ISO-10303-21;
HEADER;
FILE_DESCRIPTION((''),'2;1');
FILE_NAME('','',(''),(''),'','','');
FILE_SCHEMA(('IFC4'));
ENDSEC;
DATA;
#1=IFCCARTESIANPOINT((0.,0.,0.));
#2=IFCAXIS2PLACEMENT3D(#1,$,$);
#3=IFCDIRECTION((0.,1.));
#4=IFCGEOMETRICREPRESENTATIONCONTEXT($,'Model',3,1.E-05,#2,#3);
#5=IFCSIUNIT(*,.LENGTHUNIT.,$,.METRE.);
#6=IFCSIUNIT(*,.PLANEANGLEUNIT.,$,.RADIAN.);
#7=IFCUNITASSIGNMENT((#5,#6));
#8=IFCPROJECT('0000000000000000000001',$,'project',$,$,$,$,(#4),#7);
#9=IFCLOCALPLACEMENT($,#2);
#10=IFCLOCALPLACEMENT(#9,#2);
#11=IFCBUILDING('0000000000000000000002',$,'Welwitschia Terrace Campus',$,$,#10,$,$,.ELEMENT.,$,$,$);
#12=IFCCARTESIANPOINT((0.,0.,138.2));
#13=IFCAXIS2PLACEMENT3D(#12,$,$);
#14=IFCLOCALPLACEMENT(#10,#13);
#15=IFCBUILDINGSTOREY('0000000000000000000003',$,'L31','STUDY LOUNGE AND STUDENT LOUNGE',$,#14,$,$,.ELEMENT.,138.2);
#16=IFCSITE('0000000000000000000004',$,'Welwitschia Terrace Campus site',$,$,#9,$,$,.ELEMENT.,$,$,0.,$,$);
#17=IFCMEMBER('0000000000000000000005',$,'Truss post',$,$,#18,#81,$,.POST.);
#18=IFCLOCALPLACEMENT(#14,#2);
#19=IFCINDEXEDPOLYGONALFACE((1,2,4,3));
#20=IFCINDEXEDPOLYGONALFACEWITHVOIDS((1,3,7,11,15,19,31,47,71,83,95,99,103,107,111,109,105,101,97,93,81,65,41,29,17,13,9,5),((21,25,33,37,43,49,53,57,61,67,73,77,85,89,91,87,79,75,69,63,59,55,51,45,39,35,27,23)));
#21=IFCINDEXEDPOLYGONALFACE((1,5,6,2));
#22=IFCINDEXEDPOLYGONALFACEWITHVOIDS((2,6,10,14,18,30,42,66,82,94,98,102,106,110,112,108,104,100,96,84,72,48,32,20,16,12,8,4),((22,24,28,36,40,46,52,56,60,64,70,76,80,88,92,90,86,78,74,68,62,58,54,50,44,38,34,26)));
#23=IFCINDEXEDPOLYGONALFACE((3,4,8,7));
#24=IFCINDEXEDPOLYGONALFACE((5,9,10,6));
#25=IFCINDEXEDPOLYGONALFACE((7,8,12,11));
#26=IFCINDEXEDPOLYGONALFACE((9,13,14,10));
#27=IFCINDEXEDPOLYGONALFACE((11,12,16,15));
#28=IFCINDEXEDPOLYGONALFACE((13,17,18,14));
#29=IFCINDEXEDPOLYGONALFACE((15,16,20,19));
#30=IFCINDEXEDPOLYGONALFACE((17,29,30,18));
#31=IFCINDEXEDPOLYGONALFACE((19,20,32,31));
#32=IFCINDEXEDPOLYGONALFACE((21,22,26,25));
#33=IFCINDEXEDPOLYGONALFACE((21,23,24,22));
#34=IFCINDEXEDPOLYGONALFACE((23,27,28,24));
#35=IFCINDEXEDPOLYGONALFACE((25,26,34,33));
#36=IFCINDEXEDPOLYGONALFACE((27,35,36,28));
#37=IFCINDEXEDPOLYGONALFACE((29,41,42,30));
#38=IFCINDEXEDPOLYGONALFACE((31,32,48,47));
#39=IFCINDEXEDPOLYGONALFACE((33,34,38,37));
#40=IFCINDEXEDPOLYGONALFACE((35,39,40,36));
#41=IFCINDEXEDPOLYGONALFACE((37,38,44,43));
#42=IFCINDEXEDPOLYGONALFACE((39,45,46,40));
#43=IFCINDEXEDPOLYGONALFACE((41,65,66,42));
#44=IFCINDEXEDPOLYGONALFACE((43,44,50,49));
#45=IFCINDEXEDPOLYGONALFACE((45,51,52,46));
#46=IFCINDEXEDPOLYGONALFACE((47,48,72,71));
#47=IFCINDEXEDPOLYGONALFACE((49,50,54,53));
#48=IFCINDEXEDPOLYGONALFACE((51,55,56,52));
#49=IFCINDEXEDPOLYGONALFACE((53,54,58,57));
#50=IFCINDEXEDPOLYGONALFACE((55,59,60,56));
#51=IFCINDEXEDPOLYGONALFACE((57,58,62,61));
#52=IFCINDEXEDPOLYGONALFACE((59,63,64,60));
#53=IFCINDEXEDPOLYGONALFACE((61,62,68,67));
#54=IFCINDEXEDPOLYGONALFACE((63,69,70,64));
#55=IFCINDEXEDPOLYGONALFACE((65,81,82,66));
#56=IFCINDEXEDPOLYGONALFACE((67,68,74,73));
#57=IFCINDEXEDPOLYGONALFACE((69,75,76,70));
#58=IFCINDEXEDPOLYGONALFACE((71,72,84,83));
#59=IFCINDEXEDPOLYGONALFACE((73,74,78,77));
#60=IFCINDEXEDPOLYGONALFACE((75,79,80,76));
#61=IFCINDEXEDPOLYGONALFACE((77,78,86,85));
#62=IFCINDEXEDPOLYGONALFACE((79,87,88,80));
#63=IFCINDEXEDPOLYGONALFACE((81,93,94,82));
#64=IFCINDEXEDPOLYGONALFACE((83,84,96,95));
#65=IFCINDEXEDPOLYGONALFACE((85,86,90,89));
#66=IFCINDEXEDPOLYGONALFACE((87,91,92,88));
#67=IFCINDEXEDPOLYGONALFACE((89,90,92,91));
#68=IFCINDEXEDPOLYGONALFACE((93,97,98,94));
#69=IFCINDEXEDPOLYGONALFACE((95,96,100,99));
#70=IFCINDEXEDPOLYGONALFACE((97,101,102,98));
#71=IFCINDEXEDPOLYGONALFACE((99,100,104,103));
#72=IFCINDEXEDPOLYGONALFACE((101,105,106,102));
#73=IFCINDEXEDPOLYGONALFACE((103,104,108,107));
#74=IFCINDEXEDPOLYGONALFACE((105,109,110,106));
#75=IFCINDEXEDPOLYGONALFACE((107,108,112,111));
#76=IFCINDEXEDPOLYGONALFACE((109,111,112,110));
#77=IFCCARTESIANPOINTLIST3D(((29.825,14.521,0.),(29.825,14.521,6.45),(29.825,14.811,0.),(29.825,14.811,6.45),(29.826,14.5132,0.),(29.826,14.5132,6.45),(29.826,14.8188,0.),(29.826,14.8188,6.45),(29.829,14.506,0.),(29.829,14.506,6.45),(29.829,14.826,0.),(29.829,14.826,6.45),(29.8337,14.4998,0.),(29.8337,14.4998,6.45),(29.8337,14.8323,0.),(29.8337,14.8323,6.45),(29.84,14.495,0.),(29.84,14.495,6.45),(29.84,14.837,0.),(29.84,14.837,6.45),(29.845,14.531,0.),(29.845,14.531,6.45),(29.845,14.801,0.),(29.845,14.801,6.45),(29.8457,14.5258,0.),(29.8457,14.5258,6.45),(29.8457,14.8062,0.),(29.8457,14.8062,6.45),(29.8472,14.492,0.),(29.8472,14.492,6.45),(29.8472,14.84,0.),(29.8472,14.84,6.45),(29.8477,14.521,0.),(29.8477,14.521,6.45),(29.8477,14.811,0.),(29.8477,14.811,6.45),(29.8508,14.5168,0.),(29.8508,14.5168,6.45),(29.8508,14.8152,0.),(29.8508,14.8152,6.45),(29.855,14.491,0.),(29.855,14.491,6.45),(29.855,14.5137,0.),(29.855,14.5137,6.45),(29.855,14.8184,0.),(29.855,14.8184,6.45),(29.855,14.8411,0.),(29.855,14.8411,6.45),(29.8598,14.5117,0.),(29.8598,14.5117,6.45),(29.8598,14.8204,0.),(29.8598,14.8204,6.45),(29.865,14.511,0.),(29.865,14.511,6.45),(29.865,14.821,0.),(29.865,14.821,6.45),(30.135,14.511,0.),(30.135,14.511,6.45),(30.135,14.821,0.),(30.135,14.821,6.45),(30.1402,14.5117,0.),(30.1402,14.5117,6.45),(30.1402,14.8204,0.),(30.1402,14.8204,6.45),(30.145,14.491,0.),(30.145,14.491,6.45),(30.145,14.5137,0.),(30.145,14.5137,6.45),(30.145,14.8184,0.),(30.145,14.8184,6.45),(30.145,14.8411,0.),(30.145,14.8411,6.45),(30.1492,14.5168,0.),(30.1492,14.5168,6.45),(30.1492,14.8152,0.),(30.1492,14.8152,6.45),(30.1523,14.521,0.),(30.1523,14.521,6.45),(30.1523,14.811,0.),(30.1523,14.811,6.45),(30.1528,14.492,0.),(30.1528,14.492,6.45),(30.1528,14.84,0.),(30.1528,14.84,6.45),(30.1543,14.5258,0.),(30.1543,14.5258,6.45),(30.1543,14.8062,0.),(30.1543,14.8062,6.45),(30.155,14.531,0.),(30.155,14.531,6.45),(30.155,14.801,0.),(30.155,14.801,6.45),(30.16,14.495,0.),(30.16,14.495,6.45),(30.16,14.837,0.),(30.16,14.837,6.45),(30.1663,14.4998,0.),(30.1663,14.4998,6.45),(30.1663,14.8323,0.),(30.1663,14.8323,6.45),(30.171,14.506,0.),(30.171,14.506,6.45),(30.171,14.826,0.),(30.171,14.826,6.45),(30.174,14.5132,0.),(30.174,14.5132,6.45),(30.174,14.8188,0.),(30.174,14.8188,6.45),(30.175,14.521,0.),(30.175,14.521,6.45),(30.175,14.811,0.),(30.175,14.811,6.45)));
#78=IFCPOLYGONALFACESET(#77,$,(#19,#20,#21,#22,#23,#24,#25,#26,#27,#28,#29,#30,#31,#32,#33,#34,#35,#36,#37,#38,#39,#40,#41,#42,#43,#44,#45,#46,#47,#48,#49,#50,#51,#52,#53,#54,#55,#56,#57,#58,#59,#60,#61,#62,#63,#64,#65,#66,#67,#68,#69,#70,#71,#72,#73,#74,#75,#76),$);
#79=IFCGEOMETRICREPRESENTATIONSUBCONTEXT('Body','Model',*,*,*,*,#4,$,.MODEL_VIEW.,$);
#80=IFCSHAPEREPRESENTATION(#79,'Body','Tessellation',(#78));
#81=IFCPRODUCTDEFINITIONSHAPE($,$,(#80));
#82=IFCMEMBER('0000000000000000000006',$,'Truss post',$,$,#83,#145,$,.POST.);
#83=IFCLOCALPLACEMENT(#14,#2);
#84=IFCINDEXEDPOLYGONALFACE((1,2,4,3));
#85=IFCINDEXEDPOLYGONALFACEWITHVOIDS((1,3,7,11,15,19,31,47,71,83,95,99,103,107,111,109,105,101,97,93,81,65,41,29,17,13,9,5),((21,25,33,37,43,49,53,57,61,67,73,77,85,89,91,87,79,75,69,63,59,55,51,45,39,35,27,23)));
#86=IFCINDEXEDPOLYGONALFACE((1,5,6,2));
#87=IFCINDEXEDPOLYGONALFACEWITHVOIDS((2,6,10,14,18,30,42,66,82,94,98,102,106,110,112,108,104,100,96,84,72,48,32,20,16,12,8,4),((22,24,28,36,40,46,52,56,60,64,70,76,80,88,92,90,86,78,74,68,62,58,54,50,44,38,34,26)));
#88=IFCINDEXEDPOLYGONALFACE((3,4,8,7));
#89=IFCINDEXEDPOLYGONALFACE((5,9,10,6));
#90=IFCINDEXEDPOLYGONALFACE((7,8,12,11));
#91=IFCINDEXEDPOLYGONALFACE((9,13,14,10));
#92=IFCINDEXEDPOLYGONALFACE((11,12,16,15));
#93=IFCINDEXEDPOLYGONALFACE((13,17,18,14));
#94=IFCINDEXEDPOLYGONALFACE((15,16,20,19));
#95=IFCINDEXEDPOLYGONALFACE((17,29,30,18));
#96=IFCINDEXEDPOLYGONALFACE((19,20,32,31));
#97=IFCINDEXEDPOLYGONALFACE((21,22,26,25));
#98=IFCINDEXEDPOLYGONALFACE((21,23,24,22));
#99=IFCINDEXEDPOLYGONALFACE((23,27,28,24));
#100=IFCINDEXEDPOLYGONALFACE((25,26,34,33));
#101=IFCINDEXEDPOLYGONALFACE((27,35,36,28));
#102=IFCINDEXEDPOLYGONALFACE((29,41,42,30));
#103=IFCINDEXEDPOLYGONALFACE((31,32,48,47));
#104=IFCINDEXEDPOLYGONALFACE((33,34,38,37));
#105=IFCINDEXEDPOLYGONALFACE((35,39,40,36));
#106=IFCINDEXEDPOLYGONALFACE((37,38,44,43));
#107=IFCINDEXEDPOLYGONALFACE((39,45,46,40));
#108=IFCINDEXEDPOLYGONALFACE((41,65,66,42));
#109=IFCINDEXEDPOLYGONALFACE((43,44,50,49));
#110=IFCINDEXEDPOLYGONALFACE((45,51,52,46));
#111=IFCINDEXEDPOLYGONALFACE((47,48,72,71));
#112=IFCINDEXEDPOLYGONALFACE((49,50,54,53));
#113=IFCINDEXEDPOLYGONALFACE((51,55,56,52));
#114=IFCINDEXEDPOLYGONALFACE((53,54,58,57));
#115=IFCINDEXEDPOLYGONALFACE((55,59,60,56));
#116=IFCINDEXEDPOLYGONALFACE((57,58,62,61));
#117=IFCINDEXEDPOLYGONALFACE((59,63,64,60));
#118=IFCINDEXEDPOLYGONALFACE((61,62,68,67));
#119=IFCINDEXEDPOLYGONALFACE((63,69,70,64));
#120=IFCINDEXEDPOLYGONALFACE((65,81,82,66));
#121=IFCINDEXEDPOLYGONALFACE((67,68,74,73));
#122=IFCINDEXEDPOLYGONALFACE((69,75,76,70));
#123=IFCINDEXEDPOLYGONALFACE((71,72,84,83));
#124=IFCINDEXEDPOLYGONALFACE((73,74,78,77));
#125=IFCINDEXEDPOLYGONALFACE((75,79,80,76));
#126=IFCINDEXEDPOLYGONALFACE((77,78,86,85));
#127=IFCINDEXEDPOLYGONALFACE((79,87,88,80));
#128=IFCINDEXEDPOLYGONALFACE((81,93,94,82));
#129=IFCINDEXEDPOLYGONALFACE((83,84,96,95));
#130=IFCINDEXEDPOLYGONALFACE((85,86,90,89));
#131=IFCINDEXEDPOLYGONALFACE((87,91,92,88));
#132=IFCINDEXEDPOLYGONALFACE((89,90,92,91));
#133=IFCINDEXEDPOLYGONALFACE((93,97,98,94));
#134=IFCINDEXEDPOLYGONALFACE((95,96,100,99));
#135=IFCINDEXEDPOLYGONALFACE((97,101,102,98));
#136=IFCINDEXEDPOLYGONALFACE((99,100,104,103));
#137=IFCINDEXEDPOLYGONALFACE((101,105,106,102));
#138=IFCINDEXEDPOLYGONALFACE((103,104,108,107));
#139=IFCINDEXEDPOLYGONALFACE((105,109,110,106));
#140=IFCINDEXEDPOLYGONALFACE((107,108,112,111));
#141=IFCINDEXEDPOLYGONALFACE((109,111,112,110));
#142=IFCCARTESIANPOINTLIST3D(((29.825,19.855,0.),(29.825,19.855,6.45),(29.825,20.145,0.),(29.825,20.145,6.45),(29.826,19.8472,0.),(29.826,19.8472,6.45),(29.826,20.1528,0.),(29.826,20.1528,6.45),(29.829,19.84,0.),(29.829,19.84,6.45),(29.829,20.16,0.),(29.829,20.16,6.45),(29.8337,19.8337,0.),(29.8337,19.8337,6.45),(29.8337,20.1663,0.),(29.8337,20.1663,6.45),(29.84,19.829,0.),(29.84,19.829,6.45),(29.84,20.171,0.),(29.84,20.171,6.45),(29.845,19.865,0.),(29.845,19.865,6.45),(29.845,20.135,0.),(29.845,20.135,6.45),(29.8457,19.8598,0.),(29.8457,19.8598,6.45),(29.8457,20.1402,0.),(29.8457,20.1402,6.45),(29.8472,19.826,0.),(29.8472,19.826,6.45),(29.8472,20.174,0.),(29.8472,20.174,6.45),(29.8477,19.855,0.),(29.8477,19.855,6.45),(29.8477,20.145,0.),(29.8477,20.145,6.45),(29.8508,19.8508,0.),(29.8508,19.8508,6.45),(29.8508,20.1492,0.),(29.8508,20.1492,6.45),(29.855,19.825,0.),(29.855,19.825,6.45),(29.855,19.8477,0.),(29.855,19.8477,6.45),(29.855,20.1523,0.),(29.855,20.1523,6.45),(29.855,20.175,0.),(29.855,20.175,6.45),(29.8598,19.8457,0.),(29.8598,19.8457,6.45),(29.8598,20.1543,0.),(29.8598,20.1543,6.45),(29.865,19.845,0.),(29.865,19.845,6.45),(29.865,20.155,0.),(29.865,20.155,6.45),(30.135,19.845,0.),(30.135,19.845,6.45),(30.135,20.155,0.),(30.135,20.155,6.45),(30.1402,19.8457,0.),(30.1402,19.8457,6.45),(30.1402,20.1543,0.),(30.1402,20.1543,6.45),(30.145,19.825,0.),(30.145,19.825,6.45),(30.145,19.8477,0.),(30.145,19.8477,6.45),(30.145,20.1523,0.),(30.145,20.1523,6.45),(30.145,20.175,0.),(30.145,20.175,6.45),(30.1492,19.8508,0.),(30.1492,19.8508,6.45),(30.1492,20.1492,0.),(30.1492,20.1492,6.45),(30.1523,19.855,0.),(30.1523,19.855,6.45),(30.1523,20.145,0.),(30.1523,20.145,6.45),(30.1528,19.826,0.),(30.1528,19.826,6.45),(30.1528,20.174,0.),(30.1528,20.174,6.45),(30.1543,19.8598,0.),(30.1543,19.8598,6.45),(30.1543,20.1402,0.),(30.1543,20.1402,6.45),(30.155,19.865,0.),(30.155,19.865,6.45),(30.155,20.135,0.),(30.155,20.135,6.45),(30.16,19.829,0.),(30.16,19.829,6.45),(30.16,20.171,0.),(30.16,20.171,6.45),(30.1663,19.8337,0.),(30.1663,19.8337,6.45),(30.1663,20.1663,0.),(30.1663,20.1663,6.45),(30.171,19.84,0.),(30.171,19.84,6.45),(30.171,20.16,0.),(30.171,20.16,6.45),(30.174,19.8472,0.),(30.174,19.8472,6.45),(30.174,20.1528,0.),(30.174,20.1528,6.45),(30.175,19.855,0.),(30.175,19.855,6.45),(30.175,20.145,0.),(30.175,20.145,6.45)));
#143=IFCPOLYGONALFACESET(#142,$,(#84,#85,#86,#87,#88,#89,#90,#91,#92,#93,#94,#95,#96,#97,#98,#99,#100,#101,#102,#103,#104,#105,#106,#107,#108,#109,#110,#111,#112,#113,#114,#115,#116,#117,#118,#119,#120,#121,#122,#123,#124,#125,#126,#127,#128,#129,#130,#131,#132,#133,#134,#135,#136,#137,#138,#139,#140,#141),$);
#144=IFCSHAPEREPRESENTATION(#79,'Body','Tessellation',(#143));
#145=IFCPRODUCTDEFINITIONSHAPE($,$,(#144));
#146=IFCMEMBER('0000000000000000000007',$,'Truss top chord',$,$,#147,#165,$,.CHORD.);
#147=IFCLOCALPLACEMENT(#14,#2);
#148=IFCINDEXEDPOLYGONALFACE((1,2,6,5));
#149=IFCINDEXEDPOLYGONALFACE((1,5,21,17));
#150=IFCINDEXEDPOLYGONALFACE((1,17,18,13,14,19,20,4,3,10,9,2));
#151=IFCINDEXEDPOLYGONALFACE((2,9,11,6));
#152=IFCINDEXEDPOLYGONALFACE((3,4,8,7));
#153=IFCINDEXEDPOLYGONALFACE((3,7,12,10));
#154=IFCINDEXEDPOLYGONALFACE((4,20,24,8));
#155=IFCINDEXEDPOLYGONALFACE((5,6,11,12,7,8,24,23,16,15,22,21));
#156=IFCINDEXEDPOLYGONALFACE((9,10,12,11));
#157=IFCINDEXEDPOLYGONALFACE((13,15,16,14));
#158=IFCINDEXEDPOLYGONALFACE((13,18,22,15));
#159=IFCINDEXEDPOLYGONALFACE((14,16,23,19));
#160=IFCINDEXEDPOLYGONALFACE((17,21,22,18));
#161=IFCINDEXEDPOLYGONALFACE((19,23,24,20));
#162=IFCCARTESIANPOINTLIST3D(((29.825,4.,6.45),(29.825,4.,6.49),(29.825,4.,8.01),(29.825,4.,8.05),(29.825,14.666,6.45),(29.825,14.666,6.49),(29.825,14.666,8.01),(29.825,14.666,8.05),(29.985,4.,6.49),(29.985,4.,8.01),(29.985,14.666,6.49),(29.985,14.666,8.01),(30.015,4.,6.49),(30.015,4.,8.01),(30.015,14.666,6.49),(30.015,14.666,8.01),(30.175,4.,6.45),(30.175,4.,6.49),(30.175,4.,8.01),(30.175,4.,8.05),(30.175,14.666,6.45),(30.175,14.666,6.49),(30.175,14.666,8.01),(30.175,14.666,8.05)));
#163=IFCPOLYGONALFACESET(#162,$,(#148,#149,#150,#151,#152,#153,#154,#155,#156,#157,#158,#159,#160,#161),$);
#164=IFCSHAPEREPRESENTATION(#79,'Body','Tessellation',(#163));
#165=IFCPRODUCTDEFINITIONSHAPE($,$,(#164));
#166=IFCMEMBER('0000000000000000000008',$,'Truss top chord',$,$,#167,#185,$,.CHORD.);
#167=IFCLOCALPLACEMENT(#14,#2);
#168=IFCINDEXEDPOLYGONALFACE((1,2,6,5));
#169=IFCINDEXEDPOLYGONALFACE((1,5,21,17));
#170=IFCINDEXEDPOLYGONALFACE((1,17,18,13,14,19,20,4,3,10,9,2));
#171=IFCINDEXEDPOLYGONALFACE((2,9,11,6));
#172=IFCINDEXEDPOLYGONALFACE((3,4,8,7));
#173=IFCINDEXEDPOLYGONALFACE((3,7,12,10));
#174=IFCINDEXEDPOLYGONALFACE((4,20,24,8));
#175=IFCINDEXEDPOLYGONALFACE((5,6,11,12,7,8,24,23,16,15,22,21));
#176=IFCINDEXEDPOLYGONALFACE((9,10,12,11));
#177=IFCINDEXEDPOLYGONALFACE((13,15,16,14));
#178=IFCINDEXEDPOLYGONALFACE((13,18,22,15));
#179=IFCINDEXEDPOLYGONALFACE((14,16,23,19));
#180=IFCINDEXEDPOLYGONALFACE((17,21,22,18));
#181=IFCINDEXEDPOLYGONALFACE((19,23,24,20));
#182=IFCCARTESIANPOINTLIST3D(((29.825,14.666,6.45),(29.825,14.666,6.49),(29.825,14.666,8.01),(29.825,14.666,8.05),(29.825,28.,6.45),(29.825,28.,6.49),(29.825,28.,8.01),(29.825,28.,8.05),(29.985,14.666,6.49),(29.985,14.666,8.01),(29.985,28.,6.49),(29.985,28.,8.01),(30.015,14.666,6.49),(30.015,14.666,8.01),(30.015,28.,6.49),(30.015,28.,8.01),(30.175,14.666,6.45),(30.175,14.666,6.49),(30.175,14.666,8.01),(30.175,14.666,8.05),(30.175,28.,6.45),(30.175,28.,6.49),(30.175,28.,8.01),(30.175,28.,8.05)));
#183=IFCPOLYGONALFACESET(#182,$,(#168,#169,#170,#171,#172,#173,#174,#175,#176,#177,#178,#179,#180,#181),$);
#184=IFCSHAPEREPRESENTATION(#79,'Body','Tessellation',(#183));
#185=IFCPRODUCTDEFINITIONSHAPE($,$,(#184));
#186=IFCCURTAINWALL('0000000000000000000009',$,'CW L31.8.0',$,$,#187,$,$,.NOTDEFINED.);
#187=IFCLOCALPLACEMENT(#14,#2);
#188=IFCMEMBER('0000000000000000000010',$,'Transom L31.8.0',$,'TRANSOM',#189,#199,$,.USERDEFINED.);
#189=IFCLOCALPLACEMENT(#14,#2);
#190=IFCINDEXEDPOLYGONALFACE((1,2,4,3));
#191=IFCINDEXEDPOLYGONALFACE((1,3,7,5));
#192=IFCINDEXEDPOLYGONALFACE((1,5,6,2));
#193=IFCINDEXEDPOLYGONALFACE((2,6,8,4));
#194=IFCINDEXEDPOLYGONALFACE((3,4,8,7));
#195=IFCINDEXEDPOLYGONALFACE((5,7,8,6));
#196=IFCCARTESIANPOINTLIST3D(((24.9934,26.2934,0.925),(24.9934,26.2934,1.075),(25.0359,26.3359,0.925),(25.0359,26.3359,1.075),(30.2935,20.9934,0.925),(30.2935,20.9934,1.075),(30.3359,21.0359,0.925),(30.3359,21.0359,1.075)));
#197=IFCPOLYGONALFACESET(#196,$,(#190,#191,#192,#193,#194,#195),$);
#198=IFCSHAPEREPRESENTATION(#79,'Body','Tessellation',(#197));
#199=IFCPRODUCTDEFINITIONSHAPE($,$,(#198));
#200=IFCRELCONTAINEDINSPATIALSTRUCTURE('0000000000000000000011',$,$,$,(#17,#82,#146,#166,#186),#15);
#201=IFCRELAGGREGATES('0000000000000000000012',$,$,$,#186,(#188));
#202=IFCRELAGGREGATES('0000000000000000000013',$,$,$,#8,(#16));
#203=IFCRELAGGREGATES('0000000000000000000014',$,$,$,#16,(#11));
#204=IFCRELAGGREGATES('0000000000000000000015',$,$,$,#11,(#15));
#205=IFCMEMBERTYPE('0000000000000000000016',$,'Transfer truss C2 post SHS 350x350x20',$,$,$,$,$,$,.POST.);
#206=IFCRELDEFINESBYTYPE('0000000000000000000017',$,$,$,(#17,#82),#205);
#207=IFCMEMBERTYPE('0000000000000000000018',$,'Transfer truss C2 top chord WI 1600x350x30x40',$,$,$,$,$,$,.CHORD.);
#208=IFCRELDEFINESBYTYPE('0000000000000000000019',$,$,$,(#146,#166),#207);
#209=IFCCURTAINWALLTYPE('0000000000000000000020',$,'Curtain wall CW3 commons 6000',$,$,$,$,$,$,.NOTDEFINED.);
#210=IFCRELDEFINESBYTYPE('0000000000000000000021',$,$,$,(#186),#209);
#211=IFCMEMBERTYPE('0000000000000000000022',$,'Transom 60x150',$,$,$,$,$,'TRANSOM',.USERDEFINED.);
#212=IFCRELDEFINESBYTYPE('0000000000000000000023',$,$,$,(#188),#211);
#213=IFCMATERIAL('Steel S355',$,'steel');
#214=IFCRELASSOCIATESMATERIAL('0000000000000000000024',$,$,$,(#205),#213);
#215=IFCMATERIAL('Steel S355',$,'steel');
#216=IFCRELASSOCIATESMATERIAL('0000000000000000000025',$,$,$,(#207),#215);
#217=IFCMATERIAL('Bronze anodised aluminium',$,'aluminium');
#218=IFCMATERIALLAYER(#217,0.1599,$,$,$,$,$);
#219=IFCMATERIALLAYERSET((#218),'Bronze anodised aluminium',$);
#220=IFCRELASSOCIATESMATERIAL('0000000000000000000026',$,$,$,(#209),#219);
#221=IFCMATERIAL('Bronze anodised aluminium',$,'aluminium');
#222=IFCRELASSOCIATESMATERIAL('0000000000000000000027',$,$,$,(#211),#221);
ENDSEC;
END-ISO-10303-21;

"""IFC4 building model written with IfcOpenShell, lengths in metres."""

from ifc_helpers import new_model, si_unit, direction, frame, origin, origin_2d, place, context, subcontext, project, spatial, rectangle, hollow_rectangle, i_section, extrude, material, layer, layer_set, material_profile, profile_set, type_object, element, aggregate, save


model = new_model("IFC4")

# Units and contexts
model_context = context("Model", 3, precision=1e-05, world=origin(), true_north=direction((0.0, 1.0)))
body_context = subcontext(model_context, "Body", "Model", "MODEL_VIEW")
ifc_project = project(units=[si_unit("LENGTHUNIT", "METRE"), si_unit("PLANEANGLEUNIT", "RADIAN")], contexts=[model_context])

# Site, building, storey
site_placement = place(None, origin())
site = spatial("IfcSite", under=ifc_project, at=site_placement, Name="Welwitschia Terrace Campus site", CompositionType="ELEMENT", RefElevation=0.0)
building_placement = place(site_placement, origin())
building = spatial("IfcBuilding", under=site, at=building_placement, Name="Welwitschia Terrace Campus", CompositionType="ELEMENT")
storey_placement = place(building_placement, frame((0.0, 0.0, 138.2)))
storey = spatial("IfcBuildingStorey", under=building, at=storey_placement, Name="L31", Description="STUDY LOUNGE AND STUDENT LOUNGE", CompositionType="ELEMENT", Elevation=138.2)

# Members
ifc_material_1 = material(Name="Steel S355", Category="steel")
ifc_material_profile_1 = material_profile(ifc_material_1, hollow_rectangle(XDim=0.3501, YDim=0.3501, WallThickness=0.02, InnerFilletRadius=0.02, OuterFilletRadius=0.03, at=origin_2d()))
ifc_profile_set_1 = profile_set([ifc_material_profile_1], Name="Steel S355")
member_type_1 = type_object("IfcMemberType", Name="Transfer truss C2 post SHS 350x350x20", PredefinedType="POST", material=ifc_profile_set_1)
for number, where, z_axis, x_axis, name in (
    (1, (30.0, 14.666, 0.0), (0.0, 0.0, 1.0), (1.0, 0.0, 0.0), "Truss post"),
    (2, (30.0, 20.0, 0.0), (0.0, 0.0, 1.0), (1.0, 0.0, 0.0), "Truss post"),
):
    element("IfcMember", number, at=place(storey_placement, frame(where, z_axis=z_axis, x_axis=x_axis)), inside=storey, type_object=member_type_1, Name=name, PredefinedType="POST", context=body_context, shape_type="SweptSolid", body=[
        extrude(hollow_rectangle(XDim=0.3501, YDim=0.3501, WallThickness=0.02, InnerFilletRadius=0.02, OuterFilletRadius=0.03, at=origin_2d()), origin(), (0.0, 0.0, 1.0), 6.45),
    ])
ifc_material_2 = material(Name="Steel S355", Category="steel")
ifc_material_profile_2 = material_profile(ifc_material_2, i_section(OverallWidth=0.3501, OverallDepth=1.6001, WebThickness=0.03, FlangeThickness=0.04, at=origin_2d()))
ifc_profile_set_2 = profile_set([ifc_material_profile_2], Name="Steel S355")
member_type_2 = type_object("IfcMemberType", Name="Transfer truss C2 top chord WI 1600x350x30x40", PredefinedType="CHORD", material=ifc_profile_set_2)
member_1_placement = place(storey_placement, frame((30.0, 4.0, 7.25), z_axis=(0.0, 1.0, 0.0), x_axis=(-1.0, 0.0, 0.0)))
element("IfcMember", 3, at=member_1_placement, inside=storey, type_object=member_type_2, Name="Truss top chord", PredefinedType="CHORD", context=body_context, shape_type="SweptSolid", body=[
    extrude(i_section(OverallWidth=0.3501, OverallDepth=1.6001, WebThickness=0.03, FlangeThickness=0.04, at=origin_2d()), origin(), (0.0, 0.0, 1.0), 10.666),
])
member_2_placement = place(storey_placement, frame((30.0, 14.666, 7.25), z_axis=(0.0, 1.0, 0.0), x_axis=(-1.0, 0.0, 0.0)))
element("IfcMember", 4, at=member_2_placement, inside=storey, type_object=member_type_2, Name="Truss top chord", PredefinedType="CHORD", context=body_context, shape_type="SweptSolid", body=[
    extrude(i_section(OverallWidth=0.3501, OverallDepth=1.6001, WebThickness=0.03, FlangeThickness=0.04, at=origin_2d()), origin(), (0.0, 0.0, 1.0), 13.334),
])

# Curtain wall, member
ifc_material_3 = material(Name="Bronze anodised aluminium", Category="aluminium")
ifc_layer_1 = layer(ifc_material_3, 0.1599)
ifc_layer_set_1 = layer_set([ifc_layer_1], Name="Bronze anodised aluminium")
curtain_wall_type = type_object("IfcCurtainWallType", Name="Curtain wall CW3 commons 6000", PredefinedType="NOTDEFINED", material=ifc_layer_set_1)
curtain_wall_placement = place(storey_placement, origin())
curtain_wall = element("IfcCurtainWall", 5, at=curtain_wall_placement, inside=storey, type_object=curtain_wall_type, Name="CW L31.8.0", PredefinedType="NOTDEFINED")
ifc_material_4 = material(Name="Bronze anodised aluminium", Category="aluminium")
ifc_material_profile_3 = material_profile(ifc_material_4, rectangle(XDim=0.0601, YDim=0.1499, at=origin_2d()))
ifc_profile_set_3 = profile_set([ifc_material_profile_3], Name="Bronze anodised aluminium")
member_type_3 = type_object("IfcMemberType", Name="Transom 60x150", ElementType="TRANSOM", PredefinedType="USERDEFINED", material=ifc_profile_set_3)
member_3_placement = place(storey_placement, frame((30.3147, 21.0146, 1.0), z_axis=(-0.707107, 0.707107, 0.0), x_axis=(-0.707107, -0.707107, 0.0)))
member_3 = element("IfcMember", 6, at=member_3_placement, type_object=member_type_3, Name="Transom L31.8.0", ObjectType="TRANSOM", PredefinedType="USERDEFINED", context=body_context, shape_type="SweptSolid", body=[
    extrude(rectangle(XDim=0.0601, YDim=0.1499, at=origin_2d()), origin(), (0.0, 0.0, 1.0), 7.4954),
])
aggregate(curtain_wall, [member_3])

save(model, "model.ifc")
